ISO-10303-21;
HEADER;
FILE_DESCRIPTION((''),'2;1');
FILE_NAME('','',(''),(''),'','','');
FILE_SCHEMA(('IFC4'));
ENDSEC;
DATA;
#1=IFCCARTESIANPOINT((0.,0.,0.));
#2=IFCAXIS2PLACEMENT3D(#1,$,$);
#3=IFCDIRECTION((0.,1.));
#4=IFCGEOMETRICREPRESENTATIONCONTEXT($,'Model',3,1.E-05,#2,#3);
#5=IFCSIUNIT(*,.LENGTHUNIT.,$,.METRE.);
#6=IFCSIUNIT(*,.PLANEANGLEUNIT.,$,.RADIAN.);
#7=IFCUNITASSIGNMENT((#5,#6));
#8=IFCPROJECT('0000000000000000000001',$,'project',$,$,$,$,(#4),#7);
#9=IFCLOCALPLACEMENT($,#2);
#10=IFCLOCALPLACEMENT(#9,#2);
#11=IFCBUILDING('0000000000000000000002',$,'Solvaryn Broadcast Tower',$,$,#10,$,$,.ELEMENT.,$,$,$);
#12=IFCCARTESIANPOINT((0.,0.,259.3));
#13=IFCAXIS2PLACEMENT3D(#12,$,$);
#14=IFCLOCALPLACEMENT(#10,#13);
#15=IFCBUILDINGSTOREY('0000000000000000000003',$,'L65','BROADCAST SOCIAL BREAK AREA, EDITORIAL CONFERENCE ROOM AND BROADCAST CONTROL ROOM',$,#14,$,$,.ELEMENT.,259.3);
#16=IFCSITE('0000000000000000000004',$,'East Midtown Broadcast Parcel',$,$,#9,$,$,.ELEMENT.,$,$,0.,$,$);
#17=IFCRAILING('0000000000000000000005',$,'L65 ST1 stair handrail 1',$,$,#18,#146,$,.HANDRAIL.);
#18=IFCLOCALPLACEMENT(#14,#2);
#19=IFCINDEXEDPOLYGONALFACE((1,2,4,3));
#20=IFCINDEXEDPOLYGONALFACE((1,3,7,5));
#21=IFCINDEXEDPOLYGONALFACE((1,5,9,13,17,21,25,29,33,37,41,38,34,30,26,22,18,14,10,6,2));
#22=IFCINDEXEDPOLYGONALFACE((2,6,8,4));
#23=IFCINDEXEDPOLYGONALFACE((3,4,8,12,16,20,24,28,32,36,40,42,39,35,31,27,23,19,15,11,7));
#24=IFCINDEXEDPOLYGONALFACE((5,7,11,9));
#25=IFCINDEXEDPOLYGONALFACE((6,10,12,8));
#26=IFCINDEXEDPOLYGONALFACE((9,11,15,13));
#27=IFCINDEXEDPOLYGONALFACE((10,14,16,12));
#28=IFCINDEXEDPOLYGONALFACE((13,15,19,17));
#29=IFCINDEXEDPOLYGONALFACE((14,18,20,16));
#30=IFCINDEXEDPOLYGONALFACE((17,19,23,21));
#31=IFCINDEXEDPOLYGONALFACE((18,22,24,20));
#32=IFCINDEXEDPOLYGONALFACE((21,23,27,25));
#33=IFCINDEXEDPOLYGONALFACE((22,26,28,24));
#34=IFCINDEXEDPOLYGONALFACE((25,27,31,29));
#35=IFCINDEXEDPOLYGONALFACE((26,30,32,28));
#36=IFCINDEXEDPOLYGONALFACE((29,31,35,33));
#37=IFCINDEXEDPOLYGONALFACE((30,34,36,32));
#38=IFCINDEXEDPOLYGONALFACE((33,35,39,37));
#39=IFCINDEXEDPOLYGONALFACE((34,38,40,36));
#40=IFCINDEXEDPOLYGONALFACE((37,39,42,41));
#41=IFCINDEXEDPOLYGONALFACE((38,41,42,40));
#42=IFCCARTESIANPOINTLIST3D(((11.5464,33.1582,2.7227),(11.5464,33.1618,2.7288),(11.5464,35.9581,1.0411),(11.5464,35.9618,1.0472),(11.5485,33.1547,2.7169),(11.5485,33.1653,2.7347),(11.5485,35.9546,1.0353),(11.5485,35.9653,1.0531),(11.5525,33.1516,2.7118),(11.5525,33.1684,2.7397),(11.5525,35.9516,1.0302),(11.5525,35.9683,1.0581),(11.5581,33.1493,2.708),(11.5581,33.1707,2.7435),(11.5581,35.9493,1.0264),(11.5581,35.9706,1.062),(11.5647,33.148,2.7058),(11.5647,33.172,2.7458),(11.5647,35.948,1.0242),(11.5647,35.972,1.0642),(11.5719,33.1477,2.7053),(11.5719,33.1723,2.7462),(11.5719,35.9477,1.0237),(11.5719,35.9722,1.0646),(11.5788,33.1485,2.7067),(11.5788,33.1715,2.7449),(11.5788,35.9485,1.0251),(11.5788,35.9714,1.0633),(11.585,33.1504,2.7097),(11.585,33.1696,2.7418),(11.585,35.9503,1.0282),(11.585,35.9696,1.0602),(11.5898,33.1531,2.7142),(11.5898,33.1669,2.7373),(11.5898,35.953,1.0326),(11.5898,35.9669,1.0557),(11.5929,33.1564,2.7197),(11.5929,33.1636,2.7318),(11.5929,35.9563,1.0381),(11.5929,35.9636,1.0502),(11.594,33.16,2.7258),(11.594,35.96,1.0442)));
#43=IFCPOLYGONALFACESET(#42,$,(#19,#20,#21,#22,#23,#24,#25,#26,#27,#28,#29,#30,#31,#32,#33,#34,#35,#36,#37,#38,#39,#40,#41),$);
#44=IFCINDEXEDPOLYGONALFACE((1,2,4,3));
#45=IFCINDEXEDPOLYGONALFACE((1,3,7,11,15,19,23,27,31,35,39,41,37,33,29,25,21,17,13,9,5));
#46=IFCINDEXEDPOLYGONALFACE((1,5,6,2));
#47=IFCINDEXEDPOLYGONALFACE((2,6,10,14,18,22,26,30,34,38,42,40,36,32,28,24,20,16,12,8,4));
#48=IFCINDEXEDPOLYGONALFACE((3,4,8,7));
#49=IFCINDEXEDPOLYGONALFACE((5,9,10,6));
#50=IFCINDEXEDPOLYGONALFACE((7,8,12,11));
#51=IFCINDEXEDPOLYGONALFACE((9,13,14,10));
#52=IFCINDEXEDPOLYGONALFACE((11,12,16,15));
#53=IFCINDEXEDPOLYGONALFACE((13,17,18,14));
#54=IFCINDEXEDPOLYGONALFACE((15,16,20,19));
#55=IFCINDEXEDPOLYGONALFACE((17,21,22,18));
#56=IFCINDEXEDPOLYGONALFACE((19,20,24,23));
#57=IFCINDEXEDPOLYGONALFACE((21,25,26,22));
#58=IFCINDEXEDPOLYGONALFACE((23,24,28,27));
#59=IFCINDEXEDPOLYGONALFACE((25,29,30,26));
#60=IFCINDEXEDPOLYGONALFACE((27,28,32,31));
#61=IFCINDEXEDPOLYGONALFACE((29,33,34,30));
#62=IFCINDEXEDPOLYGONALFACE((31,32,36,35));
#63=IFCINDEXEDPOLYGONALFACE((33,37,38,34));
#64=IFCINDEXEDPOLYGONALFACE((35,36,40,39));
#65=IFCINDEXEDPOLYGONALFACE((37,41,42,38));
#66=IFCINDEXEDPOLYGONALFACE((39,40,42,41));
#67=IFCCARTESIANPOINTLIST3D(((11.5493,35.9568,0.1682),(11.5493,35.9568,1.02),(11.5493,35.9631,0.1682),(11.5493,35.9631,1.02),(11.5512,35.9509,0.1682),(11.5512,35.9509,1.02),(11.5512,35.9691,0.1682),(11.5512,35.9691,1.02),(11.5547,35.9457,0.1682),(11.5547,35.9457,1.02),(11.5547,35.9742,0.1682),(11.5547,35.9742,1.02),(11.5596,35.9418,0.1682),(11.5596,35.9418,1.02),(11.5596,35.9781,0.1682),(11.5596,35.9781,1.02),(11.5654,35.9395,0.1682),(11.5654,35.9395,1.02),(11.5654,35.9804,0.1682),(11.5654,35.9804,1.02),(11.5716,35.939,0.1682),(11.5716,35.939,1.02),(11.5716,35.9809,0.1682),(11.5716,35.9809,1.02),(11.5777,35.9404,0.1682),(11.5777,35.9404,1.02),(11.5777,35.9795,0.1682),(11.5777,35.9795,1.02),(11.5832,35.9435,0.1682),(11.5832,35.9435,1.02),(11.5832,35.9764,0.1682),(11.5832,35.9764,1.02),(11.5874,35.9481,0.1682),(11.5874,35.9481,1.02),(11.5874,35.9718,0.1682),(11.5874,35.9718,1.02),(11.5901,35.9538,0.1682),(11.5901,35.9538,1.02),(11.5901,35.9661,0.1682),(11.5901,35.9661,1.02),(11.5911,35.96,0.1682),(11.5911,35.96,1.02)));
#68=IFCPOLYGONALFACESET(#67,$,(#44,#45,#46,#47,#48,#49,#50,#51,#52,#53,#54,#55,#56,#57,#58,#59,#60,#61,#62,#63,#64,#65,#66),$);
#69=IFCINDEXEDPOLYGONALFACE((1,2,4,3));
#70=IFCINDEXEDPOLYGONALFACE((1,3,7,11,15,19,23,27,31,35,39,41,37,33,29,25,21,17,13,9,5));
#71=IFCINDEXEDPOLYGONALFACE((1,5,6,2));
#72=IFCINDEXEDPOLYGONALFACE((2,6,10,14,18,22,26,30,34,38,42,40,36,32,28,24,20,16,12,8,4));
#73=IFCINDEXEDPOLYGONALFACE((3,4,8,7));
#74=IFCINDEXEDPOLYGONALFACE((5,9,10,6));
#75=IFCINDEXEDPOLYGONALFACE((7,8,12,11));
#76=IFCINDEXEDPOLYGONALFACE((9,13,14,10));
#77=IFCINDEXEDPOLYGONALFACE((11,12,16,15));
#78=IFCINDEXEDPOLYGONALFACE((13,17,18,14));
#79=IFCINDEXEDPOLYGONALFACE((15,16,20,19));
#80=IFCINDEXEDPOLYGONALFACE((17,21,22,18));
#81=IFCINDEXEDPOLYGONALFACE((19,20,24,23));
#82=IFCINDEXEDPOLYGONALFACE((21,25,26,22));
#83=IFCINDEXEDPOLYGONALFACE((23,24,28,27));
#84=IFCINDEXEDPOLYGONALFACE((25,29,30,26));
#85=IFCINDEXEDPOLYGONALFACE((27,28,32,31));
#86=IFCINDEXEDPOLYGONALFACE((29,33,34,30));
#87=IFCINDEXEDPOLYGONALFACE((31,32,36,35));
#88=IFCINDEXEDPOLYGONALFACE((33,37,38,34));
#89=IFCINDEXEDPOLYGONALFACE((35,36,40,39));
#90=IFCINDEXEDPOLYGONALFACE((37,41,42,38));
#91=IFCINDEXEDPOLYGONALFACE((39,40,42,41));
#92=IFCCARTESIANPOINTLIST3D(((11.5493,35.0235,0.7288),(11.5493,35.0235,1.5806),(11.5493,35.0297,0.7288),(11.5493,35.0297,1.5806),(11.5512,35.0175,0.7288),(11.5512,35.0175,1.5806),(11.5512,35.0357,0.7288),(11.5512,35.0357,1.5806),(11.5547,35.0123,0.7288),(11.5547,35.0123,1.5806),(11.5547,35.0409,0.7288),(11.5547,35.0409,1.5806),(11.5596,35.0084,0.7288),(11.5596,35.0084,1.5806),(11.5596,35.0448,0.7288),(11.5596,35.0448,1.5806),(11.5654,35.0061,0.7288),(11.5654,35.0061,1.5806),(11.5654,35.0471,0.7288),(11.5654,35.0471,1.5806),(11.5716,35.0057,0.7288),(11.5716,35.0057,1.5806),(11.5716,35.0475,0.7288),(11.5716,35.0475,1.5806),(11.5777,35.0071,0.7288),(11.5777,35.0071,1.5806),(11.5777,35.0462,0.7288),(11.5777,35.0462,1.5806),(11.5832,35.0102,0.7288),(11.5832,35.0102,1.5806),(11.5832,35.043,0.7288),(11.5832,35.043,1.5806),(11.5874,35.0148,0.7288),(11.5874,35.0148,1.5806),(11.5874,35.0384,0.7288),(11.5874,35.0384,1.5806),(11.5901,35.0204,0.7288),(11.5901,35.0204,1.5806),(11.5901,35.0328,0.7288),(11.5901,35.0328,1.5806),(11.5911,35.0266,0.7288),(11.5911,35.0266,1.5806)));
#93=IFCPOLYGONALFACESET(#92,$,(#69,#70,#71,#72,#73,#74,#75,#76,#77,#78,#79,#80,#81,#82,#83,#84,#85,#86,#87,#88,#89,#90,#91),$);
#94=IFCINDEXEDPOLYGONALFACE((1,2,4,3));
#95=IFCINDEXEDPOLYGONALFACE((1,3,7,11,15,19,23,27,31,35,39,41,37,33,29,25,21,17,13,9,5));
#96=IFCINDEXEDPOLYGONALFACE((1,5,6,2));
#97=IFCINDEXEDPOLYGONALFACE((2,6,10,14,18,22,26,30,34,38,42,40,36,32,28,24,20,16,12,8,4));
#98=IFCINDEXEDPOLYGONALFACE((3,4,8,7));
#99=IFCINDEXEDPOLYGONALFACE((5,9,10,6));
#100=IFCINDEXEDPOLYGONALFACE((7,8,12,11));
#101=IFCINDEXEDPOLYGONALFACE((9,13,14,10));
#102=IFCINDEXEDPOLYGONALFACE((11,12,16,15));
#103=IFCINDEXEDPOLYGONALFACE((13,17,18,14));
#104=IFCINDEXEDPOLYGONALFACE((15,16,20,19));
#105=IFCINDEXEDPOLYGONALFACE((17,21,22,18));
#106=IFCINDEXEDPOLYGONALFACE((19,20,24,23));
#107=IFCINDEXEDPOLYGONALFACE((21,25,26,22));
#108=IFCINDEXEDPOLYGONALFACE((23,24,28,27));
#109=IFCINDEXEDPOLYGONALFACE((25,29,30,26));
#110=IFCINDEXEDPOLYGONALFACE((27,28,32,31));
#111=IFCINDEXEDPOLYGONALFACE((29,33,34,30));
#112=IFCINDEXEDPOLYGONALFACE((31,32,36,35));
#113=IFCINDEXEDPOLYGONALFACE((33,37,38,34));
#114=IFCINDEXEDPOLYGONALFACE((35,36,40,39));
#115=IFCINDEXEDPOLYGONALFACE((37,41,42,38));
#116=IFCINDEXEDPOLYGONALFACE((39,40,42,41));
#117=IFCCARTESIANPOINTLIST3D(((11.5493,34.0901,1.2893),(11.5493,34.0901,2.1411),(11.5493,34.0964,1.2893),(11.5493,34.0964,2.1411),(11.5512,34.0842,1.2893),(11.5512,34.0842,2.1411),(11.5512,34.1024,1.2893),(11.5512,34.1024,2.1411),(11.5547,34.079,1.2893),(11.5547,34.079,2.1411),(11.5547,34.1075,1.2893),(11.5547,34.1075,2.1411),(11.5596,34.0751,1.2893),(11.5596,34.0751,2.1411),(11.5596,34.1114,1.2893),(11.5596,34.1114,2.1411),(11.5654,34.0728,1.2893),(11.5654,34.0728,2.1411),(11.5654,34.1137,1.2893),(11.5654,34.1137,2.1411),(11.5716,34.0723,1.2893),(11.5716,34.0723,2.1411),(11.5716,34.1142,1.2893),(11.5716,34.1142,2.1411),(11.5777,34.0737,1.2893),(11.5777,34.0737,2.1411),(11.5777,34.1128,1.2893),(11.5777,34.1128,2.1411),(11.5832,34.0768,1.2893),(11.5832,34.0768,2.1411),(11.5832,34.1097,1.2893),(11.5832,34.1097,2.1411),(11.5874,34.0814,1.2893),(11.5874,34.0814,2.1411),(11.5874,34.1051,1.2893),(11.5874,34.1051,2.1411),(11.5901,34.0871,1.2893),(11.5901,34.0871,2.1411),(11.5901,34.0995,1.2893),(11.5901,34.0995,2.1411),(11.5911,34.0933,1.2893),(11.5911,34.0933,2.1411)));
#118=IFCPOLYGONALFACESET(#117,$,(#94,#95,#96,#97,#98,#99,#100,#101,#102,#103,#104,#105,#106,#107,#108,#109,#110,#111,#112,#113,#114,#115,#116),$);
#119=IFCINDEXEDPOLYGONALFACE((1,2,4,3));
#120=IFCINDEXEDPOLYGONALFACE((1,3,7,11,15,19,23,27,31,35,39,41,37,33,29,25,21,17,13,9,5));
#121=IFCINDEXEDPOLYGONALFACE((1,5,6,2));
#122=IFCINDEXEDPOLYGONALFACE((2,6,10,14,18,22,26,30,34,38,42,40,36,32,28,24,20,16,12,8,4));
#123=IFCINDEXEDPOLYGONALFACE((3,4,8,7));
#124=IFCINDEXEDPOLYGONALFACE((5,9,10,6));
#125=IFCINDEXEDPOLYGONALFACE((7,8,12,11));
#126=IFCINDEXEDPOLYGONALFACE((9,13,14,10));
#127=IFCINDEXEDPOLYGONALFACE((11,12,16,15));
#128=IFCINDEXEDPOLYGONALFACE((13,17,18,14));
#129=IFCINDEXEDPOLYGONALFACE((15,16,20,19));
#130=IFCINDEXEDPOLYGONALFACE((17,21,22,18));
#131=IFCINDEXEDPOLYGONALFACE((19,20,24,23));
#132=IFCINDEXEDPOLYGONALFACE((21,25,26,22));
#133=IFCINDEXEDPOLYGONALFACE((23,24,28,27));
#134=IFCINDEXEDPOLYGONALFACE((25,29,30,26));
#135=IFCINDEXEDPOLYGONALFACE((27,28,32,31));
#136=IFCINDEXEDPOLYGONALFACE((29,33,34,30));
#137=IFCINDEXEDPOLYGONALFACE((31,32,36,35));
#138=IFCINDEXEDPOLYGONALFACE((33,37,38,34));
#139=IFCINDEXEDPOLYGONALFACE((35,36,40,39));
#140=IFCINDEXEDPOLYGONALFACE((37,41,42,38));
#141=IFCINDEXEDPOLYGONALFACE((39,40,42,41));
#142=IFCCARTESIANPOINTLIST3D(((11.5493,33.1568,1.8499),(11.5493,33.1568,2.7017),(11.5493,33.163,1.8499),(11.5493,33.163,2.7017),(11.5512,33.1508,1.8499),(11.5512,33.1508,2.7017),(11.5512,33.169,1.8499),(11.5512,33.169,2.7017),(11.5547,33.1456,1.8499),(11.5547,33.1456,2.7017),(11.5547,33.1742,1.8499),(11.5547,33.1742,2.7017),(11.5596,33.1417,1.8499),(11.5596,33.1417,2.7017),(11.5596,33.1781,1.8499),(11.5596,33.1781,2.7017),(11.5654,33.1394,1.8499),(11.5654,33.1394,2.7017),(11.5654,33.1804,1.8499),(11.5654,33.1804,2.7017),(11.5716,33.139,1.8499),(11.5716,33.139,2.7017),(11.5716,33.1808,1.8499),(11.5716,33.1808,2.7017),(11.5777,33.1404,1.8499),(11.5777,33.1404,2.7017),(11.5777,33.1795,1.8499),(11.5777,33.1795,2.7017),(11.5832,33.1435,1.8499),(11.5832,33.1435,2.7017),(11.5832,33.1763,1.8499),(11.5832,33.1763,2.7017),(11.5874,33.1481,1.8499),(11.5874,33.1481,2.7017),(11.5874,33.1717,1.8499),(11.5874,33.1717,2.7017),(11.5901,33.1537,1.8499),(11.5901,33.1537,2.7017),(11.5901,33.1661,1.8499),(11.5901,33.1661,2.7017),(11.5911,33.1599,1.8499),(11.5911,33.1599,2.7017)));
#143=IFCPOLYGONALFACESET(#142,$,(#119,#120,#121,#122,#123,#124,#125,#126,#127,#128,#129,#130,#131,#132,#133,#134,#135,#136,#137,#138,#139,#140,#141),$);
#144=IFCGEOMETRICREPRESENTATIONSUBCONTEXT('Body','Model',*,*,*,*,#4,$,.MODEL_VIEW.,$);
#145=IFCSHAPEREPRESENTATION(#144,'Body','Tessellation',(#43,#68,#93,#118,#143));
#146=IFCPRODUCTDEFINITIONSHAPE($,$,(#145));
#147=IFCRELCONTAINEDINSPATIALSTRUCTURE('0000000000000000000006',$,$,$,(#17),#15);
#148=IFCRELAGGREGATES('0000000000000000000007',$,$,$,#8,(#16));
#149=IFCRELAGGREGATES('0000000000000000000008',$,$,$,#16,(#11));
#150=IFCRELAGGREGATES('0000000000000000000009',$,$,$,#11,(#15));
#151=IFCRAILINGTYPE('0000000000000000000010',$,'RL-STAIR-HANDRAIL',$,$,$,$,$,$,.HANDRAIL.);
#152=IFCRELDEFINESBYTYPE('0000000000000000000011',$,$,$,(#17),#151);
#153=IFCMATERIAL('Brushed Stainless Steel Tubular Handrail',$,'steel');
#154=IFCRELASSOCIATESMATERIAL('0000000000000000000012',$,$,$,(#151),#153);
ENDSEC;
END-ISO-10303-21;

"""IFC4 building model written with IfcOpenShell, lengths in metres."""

from ifc_helpers import new_model, si_unit, direction, frame, origin, origin_2d, place, context, subcontext, project, spatial, circle, extrude, material, type_object, element, save


model = new_model("IFC4")

# Units and contexts
model_context = context("Model", 3, precision=1e-05, world=origin(), true_north=direction((0.0, 1.0)))
body_context = subcontext(model_context, "Body", "Model", "MODEL_VIEW")
ifc_project = project(units=[si_unit("LENGTHUNIT", "METRE"), si_unit("PLANEANGLEUNIT", "RADIAN")], contexts=[model_context])

# Site, building, storey
site_placement = place(None, origin())
site = spatial("IfcSite", under=ifc_project, at=site_placement, Name="East Midtown Broadcast Parcel", CompositionType="ELEMENT", RefElevation=0.0)
building_placement = place(site_placement, origin())
building = spatial("IfcBuilding", under=site, at=building_placement, Name="Solvaryn Broadcast Tower", CompositionType="ELEMENT")
storey_placement = place(building_placement, frame((0.0, 0.0, 259.3)))
storey = spatial("IfcBuildingStorey", under=building, at=storey_placement, Name="L65", Description="BROADCAST SOCIAL BREAK AREA, EDITORIAL CONFERENCE ROOM AND BROADCAST CONTROL ROOM", CompositionType="ELEMENT", Elevation=259.3)

# Railing
ifc_material_1 = material(Name="Brushed Stainless Steel Tubular Handrail", Category="steel")
railing_type_1 = type_object("IfcRailingType", Name="RL-STAIR-HANDRAIL", PredefinedType="HANDRAIL", material=ifc_material_1)
railing_1_placement = place(storey_placement, frame((11.5701, 35.96, 0.1682)))
element("IfcRailing", 1, at=railing_1_placement, inside=storey, type_object=railing_type_1, Name="L65 ST1 stair handrail 1", PredefinedType="HANDRAIL", context=body_context, shape_type="SweptSolid", body=[
    extrude(circle(Radius=0.0239, at=origin_2d()), frame((0.0, 0.0, 0.876), z_axis=(0.0, -0.857275, 0.514858), x_axis=(1.0, 0.0, 0.0)), (0.0, 0.0, 1.0), 3.2661),
    extrude(circle(Radius=0.021, at=origin_2d()), origin(), (0.0, 0.0, 1.0), 0.8518),
    extrude(circle(Radius=0.021, at=origin_2d()), frame((0.0, -0.9333, 0.5605)), (0.0, 0.0, 1.0), 0.8518),
    extrude(circle(Radius=0.021, at=origin_2d()), frame((0.0, -1.8667, 1.1211)), (0.0, 0.0, 1.0), 0.8518),
    extrude(circle(Radius=0.021, at=origin_2d()), frame((0.0, -2.8, 1.6816)), (0.0, 0.0, 1.0), 0.8518),
])

save(model, "model.ifc")
